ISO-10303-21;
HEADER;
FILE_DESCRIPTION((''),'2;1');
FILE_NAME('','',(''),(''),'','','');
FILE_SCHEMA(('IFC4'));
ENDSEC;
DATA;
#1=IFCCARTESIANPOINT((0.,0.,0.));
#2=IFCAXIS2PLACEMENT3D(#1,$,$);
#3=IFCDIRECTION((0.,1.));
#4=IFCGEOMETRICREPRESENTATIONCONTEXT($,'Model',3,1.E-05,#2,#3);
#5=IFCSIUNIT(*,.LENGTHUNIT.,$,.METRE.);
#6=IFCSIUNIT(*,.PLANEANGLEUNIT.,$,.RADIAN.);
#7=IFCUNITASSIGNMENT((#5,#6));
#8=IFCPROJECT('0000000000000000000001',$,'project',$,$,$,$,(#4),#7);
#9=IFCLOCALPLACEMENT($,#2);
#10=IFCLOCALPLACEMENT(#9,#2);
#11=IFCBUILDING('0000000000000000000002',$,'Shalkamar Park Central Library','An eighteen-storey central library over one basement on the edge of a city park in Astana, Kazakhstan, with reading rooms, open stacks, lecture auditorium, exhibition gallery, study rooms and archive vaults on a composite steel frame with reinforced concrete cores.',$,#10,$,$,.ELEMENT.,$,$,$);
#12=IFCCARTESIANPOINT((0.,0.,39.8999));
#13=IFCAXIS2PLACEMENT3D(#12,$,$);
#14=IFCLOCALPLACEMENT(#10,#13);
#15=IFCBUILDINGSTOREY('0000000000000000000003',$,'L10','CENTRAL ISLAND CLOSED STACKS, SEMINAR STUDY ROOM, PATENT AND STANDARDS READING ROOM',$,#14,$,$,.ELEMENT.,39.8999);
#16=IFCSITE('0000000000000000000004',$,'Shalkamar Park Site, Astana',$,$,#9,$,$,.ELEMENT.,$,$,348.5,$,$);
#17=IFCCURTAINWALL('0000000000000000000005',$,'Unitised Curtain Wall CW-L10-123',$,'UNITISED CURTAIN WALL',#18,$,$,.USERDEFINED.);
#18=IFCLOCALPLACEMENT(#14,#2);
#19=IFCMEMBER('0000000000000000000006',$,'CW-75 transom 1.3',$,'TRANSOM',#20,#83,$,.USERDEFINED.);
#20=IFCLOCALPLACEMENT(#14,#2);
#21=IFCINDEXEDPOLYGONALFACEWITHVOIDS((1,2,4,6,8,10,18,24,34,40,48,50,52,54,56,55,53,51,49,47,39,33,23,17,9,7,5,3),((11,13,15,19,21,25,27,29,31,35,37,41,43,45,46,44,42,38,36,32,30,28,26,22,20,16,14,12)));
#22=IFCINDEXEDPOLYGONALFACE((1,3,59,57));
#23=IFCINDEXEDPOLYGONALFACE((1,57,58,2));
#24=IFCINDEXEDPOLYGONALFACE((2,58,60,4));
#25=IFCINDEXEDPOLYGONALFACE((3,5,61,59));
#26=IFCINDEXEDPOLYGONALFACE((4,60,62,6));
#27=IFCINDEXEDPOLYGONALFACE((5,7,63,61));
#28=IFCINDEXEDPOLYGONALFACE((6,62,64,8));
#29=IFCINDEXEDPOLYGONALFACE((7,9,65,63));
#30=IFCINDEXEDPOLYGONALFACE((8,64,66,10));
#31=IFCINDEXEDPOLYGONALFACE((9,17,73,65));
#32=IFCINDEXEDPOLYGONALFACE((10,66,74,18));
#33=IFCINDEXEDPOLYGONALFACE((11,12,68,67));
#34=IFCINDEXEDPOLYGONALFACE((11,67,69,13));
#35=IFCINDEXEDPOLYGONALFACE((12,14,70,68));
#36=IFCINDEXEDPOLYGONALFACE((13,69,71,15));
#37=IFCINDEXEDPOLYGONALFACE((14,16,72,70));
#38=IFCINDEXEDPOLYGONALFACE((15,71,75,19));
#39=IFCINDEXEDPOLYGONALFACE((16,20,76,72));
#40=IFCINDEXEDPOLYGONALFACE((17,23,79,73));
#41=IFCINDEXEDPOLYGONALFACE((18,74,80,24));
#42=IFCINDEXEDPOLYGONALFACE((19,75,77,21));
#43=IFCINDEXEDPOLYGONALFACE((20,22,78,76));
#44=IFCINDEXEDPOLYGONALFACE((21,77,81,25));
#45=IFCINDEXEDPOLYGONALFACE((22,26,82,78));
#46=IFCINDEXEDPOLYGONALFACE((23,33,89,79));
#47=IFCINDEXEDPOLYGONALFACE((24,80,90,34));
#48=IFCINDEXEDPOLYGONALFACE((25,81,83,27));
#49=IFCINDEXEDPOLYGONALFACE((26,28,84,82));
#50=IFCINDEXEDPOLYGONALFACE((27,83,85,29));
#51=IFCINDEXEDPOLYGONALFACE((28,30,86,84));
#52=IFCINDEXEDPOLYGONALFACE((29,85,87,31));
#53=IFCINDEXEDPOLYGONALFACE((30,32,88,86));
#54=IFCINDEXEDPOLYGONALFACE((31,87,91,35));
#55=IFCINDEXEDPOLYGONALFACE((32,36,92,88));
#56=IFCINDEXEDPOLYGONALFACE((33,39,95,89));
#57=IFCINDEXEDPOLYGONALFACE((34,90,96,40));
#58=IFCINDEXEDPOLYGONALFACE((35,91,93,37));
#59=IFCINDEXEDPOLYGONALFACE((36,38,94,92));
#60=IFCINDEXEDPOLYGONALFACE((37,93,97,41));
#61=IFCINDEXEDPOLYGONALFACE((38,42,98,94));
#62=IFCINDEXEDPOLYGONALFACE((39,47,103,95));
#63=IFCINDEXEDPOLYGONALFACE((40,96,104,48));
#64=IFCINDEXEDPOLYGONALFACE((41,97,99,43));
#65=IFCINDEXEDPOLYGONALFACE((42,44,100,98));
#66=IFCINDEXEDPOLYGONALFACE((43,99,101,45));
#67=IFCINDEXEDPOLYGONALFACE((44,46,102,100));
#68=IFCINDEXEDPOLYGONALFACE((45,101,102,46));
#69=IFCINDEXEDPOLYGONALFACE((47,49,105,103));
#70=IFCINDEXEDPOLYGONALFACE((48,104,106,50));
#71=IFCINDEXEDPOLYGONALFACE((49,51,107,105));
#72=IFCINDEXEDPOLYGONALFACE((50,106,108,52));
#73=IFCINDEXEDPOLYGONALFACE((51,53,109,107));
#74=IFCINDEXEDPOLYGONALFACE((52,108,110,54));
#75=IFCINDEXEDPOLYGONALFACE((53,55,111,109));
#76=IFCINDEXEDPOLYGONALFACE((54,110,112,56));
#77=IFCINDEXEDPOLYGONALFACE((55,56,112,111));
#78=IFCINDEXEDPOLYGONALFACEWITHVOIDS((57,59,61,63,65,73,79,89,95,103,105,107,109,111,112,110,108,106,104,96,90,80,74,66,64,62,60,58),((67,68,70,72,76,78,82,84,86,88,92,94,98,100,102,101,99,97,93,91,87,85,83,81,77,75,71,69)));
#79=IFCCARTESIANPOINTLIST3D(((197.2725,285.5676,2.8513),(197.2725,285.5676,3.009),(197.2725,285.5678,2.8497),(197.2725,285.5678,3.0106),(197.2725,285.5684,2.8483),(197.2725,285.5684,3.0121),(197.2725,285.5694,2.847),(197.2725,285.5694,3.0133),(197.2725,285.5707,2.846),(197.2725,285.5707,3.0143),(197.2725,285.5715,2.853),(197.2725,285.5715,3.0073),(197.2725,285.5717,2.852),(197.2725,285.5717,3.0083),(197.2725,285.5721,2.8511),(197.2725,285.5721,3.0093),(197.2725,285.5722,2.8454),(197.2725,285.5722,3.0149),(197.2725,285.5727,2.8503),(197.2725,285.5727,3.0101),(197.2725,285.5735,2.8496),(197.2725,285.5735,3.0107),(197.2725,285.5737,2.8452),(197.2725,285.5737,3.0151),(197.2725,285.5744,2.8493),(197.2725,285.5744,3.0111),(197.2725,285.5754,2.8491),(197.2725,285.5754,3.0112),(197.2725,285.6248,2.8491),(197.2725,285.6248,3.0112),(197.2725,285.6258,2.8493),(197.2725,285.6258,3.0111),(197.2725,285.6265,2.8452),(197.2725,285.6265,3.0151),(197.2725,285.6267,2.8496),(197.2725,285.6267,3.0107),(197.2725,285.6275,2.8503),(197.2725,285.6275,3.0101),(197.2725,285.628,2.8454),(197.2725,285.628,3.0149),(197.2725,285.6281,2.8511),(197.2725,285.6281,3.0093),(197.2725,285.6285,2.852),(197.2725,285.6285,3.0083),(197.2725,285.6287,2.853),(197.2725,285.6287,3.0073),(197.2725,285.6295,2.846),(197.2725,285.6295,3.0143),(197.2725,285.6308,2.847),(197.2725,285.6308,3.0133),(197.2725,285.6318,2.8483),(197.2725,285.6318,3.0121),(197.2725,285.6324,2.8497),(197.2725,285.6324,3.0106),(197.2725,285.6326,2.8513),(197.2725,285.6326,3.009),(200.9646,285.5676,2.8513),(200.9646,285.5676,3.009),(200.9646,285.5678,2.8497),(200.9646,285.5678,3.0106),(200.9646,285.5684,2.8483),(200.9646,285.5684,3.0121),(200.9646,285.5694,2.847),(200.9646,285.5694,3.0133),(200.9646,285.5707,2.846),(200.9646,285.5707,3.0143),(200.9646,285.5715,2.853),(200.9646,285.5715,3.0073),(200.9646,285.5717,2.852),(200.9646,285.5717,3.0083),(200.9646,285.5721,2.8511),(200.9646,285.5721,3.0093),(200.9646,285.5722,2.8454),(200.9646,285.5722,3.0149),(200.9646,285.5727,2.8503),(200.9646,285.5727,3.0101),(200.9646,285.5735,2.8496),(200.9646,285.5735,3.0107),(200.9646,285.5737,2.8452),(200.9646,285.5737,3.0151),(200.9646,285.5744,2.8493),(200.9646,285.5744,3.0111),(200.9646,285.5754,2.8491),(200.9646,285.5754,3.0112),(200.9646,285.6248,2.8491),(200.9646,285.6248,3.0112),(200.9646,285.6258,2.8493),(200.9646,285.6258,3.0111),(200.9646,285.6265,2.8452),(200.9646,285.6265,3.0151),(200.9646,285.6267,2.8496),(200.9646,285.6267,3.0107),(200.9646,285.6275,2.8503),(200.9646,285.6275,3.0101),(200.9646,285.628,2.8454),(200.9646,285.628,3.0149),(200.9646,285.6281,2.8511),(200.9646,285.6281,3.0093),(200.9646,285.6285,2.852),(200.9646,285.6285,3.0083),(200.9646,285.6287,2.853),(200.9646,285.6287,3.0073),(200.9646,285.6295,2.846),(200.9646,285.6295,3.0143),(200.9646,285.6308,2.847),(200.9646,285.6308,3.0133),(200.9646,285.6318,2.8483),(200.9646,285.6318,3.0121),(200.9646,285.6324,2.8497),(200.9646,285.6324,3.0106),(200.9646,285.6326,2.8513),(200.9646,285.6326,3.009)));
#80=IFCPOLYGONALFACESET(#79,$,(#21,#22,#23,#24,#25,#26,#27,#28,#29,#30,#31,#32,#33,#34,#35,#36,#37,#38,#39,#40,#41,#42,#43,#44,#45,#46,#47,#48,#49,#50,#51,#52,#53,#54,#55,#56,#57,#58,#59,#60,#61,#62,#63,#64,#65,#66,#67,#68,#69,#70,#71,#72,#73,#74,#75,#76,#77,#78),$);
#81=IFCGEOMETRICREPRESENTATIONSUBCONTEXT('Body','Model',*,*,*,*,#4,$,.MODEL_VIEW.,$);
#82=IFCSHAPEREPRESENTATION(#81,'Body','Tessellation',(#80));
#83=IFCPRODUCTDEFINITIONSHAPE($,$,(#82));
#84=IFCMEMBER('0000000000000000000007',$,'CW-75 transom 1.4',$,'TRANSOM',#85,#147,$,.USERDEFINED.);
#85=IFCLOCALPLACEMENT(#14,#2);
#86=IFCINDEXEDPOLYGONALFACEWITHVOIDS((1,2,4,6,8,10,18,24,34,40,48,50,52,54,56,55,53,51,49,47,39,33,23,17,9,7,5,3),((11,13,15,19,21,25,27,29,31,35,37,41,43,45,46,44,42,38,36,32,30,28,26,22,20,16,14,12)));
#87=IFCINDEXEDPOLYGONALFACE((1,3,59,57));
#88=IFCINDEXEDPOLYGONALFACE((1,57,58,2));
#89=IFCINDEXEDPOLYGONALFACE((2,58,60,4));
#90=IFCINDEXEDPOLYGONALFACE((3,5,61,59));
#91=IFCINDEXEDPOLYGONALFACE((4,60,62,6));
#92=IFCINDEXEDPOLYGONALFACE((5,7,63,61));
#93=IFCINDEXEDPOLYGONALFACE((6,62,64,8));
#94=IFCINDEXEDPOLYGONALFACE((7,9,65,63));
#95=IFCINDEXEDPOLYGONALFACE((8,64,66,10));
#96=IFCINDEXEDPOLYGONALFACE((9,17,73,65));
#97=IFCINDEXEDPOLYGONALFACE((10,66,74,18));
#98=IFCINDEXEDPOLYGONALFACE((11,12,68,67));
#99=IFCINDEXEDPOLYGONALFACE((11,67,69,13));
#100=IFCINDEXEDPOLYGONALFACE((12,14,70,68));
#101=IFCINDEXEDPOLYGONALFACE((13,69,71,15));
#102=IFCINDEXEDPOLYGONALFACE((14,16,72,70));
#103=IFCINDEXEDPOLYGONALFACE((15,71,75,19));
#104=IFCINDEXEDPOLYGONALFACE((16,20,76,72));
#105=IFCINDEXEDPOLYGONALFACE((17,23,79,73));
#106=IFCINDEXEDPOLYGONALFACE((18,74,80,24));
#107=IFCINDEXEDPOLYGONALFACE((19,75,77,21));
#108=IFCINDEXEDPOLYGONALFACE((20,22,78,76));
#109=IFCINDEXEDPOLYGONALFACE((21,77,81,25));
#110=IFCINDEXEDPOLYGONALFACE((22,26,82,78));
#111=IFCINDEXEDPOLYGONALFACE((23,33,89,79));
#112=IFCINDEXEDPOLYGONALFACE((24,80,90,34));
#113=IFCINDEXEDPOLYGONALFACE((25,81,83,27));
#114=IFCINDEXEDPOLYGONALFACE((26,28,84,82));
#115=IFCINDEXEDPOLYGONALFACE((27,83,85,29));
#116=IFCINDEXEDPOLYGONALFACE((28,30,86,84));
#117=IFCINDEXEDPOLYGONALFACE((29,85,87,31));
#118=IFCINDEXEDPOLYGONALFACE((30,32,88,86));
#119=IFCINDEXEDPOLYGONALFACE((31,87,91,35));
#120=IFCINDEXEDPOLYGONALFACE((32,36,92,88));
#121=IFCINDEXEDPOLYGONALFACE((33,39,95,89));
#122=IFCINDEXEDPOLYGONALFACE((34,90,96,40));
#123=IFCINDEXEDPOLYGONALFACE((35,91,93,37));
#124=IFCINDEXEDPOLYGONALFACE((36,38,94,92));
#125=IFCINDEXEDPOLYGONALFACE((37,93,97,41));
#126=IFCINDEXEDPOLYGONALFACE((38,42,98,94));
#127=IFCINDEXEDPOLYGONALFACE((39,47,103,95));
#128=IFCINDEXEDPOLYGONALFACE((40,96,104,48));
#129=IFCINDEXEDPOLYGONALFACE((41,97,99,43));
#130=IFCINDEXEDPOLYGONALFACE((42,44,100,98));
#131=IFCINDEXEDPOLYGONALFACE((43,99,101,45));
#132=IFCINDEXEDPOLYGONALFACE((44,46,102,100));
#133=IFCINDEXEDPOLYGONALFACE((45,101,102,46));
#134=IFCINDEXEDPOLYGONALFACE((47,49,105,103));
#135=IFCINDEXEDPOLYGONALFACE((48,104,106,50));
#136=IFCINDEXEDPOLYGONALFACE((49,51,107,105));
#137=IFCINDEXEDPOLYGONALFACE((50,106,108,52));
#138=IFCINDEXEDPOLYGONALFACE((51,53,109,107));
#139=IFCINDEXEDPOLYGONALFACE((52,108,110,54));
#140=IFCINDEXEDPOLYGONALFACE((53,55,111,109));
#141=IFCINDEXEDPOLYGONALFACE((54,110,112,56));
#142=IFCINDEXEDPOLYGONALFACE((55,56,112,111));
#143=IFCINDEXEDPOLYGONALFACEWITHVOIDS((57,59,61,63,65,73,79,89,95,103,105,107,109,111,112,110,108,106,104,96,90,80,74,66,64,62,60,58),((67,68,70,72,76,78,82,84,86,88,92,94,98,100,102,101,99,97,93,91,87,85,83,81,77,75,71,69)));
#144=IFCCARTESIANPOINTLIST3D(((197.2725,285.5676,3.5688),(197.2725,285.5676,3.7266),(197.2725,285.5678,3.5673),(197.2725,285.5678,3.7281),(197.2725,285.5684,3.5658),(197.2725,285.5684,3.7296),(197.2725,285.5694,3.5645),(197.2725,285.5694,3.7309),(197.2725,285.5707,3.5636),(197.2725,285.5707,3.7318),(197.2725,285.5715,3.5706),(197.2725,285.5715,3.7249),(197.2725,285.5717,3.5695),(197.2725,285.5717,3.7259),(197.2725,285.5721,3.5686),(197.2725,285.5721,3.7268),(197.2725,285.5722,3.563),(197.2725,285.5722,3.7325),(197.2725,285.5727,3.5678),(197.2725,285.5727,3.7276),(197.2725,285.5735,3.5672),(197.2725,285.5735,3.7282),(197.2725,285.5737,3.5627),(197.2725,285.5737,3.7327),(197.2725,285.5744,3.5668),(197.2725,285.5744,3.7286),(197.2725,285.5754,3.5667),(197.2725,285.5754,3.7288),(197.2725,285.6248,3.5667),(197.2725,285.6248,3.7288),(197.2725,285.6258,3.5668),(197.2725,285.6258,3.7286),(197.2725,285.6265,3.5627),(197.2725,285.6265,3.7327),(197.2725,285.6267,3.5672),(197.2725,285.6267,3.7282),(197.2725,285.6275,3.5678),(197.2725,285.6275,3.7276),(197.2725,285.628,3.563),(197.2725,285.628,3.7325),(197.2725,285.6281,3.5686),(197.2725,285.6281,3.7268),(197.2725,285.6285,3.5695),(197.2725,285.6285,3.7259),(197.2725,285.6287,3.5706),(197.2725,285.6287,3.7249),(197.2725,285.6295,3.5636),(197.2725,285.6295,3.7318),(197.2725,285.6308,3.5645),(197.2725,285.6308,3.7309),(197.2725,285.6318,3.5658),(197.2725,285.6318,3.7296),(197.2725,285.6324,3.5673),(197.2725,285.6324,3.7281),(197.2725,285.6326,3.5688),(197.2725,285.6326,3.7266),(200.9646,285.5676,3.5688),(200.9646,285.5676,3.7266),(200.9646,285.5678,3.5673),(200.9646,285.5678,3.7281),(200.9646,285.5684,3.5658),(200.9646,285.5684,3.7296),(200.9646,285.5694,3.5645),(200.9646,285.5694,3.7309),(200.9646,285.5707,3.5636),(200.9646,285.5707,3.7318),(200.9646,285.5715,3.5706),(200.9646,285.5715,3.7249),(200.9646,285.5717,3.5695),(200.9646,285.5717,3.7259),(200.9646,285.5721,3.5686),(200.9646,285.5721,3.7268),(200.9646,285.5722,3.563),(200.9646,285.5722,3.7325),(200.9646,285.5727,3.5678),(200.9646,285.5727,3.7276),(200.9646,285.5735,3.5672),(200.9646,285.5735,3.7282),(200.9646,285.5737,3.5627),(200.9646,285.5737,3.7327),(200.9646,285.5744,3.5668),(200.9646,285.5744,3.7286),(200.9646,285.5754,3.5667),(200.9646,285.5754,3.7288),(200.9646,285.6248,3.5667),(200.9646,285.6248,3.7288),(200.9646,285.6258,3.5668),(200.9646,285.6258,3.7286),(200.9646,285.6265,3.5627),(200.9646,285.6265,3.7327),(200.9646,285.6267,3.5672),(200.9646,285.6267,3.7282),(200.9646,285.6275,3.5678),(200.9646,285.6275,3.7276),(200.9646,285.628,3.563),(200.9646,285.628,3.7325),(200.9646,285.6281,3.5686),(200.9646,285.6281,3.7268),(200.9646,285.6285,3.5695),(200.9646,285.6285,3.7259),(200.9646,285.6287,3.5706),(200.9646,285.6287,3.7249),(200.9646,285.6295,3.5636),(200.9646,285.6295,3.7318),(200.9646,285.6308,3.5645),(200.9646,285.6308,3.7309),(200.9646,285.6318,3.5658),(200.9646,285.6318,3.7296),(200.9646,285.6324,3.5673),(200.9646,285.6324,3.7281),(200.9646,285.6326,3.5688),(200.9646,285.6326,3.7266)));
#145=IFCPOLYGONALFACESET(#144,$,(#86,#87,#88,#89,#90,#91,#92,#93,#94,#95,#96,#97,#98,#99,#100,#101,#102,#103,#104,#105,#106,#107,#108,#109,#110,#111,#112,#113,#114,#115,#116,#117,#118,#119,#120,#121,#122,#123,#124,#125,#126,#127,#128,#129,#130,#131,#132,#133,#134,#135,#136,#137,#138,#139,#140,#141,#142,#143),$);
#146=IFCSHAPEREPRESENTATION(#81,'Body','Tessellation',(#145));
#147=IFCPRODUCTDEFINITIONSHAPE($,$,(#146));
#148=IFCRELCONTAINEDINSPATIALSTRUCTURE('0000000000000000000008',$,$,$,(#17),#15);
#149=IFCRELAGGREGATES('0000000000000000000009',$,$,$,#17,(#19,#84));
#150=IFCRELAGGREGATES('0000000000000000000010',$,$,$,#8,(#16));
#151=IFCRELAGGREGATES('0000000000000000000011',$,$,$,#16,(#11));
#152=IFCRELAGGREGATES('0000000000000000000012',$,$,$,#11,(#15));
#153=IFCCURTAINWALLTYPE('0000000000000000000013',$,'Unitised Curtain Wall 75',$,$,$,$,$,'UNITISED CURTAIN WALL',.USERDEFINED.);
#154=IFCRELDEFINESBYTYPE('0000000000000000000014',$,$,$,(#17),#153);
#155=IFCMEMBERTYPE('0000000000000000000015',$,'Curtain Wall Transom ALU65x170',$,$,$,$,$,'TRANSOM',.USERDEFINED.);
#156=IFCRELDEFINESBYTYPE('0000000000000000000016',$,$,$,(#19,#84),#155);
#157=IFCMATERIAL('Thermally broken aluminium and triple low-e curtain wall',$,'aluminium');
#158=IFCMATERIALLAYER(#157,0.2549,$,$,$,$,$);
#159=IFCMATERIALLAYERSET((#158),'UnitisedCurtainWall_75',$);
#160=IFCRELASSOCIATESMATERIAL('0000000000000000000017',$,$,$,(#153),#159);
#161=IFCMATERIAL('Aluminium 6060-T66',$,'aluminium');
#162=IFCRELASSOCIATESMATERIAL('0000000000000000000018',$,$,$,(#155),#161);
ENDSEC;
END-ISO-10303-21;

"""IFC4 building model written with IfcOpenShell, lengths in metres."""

from ifc_helpers import new_model, si_unit, direction, frame, origin, origin_2d, place, context, subcontext, project, spatial, hollow_rectangle, extrude, material, layer, layer_set, material_profile, profile_set, type_object, element, aggregate, save


model = new_model("IFC4")

# Units and contexts
model_context = context("Model", 3, precision=1e-05, world=origin(), true_north=direction((0.0, 1.0)))
body_context = subcontext(model_context, "Body", "Model", "MODEL_VIEW")
ifc_project = project(units=[si_unit("LENGTHUNIT", "METRE"), si_unit("PLANEANGLEUNIT", "RADIAN")], contexts=[model_context])

# Site, building, storey
site_placement = place(None, origin())
site = spatial("IfcSite", under=ifc_project, at=site_placement, Name="Shalkamar Park Site, Astana", CompositionType="ELEMENT", RefElevation=348.5)
building_placement = place(site_placement, origin())
building = spatial("IfcBuilding", under=site, at=building_placement, Name="Shalkamar Park Central Library", Description="An eighteen-storey central library over one basement on the edge of a city park in Astana, Kazakhstan, with reading rooms, open stacks, lecture auditorium, exhibition gallery, study rooms and archive vaults on a composite steel frame with reinforced concrete cores.", CompositionType="ELEMENT")
storey_placement = place(building_placement, frame((0.0, 0.0, 39.8999)))
storey = spatial("IfcBuildingStorey", under=building, at=storey_placement, Name="L10", Description="CENTRAL ISLAND CLOSED STACKS, SEMINAR STUDY ROOM, PATENT AND STANDARDS READING ROOM", CompositionType="ELEMENT", Elevation=39.8999)

# Curtain wall
ifc_material_1 = material(Name="Thermally broken aluminium and triple low-e curtain wall", Category="aluminium")
ifc_layer_1 = layer(ifc_material_1, 0.2549)
ifc_layer_set_1 = layer_set([ifc_layer_1], Name="UnitisedCurtainWall_75")
curtain_wall_type_1 = type_object("IfcCurtainWallType", Name="Unitised Curtain Wall 75", ElementType="UNITISED CURTAIN WALL", PredefinedType="USERDEFINED", material=ifc_layer_set_1)
curtain_wall_1_placement = place(storey_placement, origin())
curtain_wall_1 = element("IfcCurtainWall", 1, at=curtain_wall_1_placement, inside=storey, type_object=curtain_wall_type_1, Name="Unitised Curtain Wall CW-L10-123", ObjectType="UNITISED CURTAIN WALL", PredefinedType="USERDEFINED")
ifc_material_2 = material(Name="Aluminium 6060-T66", Category="aluminium")

# Members
ifc_material_profile_1 = material_profile(ifc_material_2, hollow_rectangle(XDim=0.0649, YDim=0.1699, WallThickness=0.0039, InnerFilletRadius=0.0039, OuterFilletRadius=0.0061, at=origin_2d()), Name="ALU 65x170x4")
ifc_profile_set_1 = profile_set([ifc_material_profile_1], Name="Aluminium 6060-T66")
member_type_1 = type_object("IfcMemberType", Name="Curtain Wall Transom ALU65x170", ElementType="TRANSOM", PredefinedType="USERDEFINED", material=ifc_profile_set_1)
member_1_placement = place(storey_placement, frame((197.2725, 285.6001, 2.9302), z_axis=(1.0, 0.0, 0.0), x_axis=(0.0, 1.0, 0.0)))
member_1 = element("IfcMember", 2, at=member_1_placement, type_object=member_type_1, Name="CW-75 transom 1.3", ObjectType="TRANSOM", PredefinedType="USERDEFINED", context=body_context, shape_type="SweptSolid", body=[
    extrude(hollow_rectangle(XDim=0.0649, YDim=0.1699, WallThickness=0.0039, InnerFilletRadius=0.0039, OuterFilletRadius=0.0061, at=origin_2d()), origin(), (0.0, 0.0, 1.0), 3.6921),
])
member_2_placement = place(storey_placement, frame((197.2725, 285.6001, 3.6477), z_axis=(1.0, 0.0, 0.0), x_axis=(0.0, 1.0, 0.0)))
member_2 = element("IfcMember", 3, at=member_2_placement, type_object=member_type_1, Name="CW-75 transom 1.4", ObjectType="TRANSOM", PredefinedType="USERDEFINED", context=body_context, shape_type="SweptSolid", body=[
    extrude(hollow_rectangle(XDim=0.0649, YDim=0.1699, WallThickness=0.0039, InnerFilletRadius=0.0039, OuterFilletRadius=0.0061, at=origin_2d()), origin(), (0.0, 0.0, 1.0), 3.6921),
])

aggregate(curtain_wall_1, [member_1, member_2])

save(model, "model.ifc")
